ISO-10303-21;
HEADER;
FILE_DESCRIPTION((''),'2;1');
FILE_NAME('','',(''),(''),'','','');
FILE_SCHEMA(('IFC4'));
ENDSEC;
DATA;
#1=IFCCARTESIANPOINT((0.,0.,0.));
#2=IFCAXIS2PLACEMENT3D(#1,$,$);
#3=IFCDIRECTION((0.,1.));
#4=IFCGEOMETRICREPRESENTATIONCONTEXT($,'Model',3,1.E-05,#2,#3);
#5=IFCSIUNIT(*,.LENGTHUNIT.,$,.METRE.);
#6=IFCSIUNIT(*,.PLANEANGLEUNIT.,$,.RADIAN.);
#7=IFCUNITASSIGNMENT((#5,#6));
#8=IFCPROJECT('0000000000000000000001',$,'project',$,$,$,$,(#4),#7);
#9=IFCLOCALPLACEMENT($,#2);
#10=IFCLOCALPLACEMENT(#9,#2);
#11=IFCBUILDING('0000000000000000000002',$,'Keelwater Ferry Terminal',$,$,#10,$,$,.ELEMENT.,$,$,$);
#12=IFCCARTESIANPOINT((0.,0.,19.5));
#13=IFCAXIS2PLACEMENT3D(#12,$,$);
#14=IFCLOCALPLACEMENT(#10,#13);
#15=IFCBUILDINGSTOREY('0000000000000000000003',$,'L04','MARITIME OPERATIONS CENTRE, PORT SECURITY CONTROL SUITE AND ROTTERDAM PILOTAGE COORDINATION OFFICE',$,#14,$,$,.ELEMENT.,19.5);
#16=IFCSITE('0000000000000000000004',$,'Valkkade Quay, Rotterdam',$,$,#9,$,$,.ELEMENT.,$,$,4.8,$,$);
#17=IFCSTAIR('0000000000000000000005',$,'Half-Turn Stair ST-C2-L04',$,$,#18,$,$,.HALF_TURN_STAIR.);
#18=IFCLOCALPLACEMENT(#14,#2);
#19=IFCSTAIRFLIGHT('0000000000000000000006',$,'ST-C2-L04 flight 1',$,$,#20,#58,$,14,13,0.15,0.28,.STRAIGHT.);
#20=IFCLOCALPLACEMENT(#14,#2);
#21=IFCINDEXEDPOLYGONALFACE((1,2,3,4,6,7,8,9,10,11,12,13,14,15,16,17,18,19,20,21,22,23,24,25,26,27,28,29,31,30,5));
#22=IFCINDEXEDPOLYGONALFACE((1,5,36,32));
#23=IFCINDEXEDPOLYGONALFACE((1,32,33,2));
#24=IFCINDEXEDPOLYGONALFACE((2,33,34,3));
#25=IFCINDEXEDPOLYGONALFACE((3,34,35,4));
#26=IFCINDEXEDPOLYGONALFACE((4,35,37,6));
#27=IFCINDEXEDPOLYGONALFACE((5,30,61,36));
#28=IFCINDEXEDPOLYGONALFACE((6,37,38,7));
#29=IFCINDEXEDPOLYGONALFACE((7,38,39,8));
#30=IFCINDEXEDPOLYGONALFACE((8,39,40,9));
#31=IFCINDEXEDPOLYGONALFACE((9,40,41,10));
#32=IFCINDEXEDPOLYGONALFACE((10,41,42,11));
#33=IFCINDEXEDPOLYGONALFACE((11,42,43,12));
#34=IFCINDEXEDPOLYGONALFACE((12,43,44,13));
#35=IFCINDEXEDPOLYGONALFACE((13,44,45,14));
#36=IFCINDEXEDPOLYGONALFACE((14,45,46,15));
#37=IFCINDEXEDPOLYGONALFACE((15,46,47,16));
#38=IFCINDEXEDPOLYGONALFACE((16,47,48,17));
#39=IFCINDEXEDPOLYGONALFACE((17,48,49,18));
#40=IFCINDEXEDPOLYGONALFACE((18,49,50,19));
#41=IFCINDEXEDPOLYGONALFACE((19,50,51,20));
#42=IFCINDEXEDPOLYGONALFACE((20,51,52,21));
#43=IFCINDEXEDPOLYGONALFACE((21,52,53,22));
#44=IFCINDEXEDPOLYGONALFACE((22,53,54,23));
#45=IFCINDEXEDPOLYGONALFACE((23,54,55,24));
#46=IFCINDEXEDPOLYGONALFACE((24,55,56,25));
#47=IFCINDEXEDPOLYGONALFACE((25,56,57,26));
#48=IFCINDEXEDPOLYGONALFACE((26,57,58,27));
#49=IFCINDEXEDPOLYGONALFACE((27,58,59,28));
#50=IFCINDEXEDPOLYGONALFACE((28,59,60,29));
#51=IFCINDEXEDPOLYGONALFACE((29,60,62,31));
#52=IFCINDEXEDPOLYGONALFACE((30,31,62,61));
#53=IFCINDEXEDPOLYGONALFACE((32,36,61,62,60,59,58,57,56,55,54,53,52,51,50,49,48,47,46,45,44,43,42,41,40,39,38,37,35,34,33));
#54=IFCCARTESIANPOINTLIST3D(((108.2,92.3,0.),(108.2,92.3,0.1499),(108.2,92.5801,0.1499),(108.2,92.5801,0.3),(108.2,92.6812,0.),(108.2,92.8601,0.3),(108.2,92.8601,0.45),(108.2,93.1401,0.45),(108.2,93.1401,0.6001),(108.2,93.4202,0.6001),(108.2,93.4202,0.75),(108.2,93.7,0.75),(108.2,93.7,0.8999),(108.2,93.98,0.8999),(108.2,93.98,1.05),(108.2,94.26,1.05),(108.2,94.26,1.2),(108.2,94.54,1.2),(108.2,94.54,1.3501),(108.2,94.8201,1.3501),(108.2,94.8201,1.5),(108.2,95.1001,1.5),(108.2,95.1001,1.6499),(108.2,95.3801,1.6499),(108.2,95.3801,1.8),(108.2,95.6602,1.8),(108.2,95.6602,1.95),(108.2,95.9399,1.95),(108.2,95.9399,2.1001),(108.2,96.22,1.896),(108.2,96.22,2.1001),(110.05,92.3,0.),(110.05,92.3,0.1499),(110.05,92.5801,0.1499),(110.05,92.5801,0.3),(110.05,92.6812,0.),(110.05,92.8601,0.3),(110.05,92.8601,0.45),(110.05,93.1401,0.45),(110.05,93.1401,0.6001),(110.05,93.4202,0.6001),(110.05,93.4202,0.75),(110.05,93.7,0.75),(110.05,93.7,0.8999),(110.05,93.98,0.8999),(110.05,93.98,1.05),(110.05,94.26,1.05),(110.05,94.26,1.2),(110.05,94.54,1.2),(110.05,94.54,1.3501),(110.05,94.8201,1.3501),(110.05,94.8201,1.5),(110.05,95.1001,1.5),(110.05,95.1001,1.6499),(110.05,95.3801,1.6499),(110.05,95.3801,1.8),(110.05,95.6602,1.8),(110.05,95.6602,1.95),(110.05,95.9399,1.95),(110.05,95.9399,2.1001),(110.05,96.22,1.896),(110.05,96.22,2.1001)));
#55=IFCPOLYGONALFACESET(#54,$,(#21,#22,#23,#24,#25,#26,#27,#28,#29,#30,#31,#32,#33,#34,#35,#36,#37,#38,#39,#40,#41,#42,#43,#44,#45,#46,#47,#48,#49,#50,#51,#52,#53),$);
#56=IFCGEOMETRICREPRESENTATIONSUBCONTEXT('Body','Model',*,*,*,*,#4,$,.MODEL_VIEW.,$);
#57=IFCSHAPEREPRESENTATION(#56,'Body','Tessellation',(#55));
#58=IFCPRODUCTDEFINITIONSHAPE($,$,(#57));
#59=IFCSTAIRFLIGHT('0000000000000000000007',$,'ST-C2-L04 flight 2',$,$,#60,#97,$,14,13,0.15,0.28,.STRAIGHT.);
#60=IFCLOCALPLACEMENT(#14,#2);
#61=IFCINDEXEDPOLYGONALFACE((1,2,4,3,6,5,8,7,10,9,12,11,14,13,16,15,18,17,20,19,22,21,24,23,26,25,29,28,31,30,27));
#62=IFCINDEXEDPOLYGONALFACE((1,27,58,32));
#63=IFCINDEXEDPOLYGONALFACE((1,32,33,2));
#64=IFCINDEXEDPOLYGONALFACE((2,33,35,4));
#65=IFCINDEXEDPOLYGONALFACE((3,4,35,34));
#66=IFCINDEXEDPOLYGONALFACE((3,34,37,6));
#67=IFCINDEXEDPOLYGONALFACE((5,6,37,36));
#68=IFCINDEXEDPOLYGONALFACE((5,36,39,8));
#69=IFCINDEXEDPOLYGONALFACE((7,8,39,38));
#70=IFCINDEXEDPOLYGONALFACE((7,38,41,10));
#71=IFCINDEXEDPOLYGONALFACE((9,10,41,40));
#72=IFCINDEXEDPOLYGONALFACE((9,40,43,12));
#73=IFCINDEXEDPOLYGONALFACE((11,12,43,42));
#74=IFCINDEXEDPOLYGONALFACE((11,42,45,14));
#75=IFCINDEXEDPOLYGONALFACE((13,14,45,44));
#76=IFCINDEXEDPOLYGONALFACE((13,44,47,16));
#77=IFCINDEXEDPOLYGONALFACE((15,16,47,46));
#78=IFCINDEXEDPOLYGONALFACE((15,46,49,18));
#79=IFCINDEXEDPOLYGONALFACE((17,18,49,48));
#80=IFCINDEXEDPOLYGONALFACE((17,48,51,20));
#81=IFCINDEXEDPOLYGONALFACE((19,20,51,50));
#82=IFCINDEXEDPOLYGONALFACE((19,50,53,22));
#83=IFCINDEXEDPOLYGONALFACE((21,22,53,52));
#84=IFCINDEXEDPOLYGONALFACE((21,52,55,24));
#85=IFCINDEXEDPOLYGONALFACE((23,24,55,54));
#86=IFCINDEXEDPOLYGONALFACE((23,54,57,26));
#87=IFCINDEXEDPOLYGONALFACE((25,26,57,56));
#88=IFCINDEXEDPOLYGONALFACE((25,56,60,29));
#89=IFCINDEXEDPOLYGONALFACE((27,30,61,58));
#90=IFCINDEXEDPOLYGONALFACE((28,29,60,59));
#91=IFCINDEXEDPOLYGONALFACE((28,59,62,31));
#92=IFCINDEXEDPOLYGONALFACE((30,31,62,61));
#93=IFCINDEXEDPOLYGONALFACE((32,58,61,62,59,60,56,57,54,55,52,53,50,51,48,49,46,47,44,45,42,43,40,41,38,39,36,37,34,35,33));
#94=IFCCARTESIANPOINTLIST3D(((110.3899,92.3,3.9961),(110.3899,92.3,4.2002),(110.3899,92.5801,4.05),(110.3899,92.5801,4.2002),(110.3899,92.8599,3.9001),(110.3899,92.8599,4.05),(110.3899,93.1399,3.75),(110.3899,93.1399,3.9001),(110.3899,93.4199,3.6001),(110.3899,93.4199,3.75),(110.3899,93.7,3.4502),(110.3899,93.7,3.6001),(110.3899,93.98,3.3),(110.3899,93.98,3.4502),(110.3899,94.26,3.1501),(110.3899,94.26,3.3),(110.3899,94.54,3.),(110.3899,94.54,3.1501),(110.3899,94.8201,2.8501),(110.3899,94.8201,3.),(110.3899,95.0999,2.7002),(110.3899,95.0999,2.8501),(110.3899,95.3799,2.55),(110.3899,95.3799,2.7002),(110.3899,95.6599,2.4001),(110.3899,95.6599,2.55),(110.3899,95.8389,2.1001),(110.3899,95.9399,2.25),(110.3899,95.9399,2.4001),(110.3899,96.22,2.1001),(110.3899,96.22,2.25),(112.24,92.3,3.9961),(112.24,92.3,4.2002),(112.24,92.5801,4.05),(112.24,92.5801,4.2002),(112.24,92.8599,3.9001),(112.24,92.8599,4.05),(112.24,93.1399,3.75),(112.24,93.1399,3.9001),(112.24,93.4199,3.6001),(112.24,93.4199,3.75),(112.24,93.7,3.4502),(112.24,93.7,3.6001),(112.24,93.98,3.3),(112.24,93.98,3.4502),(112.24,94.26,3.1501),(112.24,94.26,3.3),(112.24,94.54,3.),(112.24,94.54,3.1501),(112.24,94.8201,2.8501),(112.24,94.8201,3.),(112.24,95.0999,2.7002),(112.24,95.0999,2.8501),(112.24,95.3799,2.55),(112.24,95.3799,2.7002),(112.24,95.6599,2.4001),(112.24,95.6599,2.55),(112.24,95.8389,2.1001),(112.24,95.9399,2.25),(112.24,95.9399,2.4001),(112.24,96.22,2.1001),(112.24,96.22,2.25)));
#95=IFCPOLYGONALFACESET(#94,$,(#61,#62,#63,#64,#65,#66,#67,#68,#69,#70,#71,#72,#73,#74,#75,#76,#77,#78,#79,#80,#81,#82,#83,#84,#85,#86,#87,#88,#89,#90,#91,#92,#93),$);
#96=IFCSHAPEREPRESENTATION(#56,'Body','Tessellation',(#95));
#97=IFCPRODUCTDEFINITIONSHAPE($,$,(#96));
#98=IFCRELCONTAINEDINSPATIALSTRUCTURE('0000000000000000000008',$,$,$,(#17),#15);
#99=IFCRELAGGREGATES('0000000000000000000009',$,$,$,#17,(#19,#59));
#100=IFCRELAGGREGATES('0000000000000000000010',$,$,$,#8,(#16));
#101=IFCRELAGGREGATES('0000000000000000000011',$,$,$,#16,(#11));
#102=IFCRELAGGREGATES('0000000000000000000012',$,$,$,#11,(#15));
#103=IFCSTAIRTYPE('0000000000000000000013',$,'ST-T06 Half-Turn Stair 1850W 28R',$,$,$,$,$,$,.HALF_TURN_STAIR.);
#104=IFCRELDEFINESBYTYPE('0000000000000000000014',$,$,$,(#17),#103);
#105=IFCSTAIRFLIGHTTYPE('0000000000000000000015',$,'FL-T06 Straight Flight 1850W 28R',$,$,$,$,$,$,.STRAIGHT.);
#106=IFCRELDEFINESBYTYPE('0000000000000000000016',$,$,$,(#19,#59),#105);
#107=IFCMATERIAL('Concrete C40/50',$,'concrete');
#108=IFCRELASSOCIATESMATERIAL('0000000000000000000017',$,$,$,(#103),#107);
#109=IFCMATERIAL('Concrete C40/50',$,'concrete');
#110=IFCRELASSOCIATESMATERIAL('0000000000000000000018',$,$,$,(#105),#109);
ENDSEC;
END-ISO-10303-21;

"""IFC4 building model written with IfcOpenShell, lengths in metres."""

from ifc_helpers import new_model, si_unit, direction, frame, origin, place, context, subcontext, project, spatial, polyline, outline, extrude, material, type_object, element, aggregate, save


model = new_model("IFC4")

# Units and contexts
model_context = context("Model", 3, precision=1e-05, world=origin(), true_north=direction((0.0, 1.0)))
body_context = subcontext(model_context, "Body", "Model", "MODEL_VIEW")
ifc_project = project(units=[si_unit("LENGTHUNIT", "METRE"), si_unit("PLANEANGLEUNIT", "RADIAN")], contexts=[model_context])

# Site, building, storey
site_placement = place(None, origin())
site = spatial("IfcSite", under=ifc_project, at=site_placement, Name="Valkkade Quay, Rotterdam", CompositionType="ELEMENT", RefElevation=4.8)
building_placement = place(site_placement, origin())
building = spatial("IfcBuilding", under=site, at=building_placement, Name="Keelwater Ferry Terminal", CompositionType="ELEMENT")
storey_placement = place(building_placement, frame((0.0, 0.0, 19.5)))
storey = spatial("IfcBuildingStorey", under=building, at=storey_placement, Name="L04", Description="MARITIME OPERATIONS CENTRE, PORT SECURITY CONTROL SUITE AND ROTTERDAM PILOTAGE COORDINATION OFFICE", CompositionType="ELEMENT", Elevation=19.5)

# Stair, stair flights
ifc_material_1 = material(Name="Concrete C40/50", Category="concrete")
stair_type = type_object("IfcStairType", Name="ST-T06 Half-Turn Stair 1850W 28R", PredefinedType="HALF_TURN_STAIR", material=ifc_material_1)
stair_placement = place(storey_placement, origin())
stair = element("IfcStair", 1, at=stair_placement, inside=storey, type_object=stair_type, Name="Half-Turn Stair ST-C2-L04", PredefinedType="HALF_TURN_STAIR")
ifc_material_2 = material(Name="Concrete C40/50", Category="concrete")
stair_flight_type = type_object("IfcStairFlightType", Name="FL-T06 Straight Flight 1850W 28R", PredefinedType="STRAIGHT", material=ifc_material_2)
stair_flight_1_placement = place(storey_placement, frame((109.125, 92.3, 0.0), z_axis=(0.0, 0.0, 1.0), x_axis=(0.0, 1.0, 0.0)))
stair_flight_1 = element("IfcStairFlight", 2, at=stair_flight_1_placement, type_object=stair_flight_type, Name="ST-C2-L04 flight 1", NumberOfRisers=14, NumberOfTreads=13, PredefinedType="STRAIGHT", RiserHeight=0.15, TreadLength=0.28, context=body_context, shape_type="SweptSolid", body=[
    extrude(outline(polyline([(0.0, 0.0), (0.0, 0.1499), (0.28, 0.1499), (0.28, 0.3), (0.5601, 0.3), (0.5601, 0.45), (0.8401, 0.45), (0.8401, 0.6001), (1.1201, 0.6001), (1.1201, 0.75), (1.3999, 0.75), (1.3999, 0.8999), (1.6799, 0.8999), (1.6799, 1.05), (1.96, 1.05), (1.96, 1.2), (2.24, 1.2), (2.24, 1.3501), (2.52, 1.3501), (2.52, 1.5), (2.8, 1.5), (2.8, 1.6499), (3.0801, 1.6499), (3.0801, 1.8), (3.3601, 1.8), (3.3601, 1.95), (3.6399, 1.95), (3.6399, 2.1001), (3.9199, 2.1001), (3.9199, 1.896), (0.3811, 0.0), (0.0, 0.0)])), frame((0.0, 0.925, 0.0), z_axis=(0.0, -1.0, 0.0), x_axis=(1.0, 0.0, 0.0)), (0.0, 0.0, 1.0), 1.8501),
])
stair_flight_2_placement = place(storey_placement, frame((111.3149, 96.22, 2.1001), z_axis=(0.0, 0.0, 1.0), x_axis=(0.0, -1.0, 0.0)))
stair_flight_2 = element("IfcStairFlight", 3, at=stair_flight_2_placement, type_object=stair_flight_type, Name="ST-C2-L04 flight 2", NumberOfRisers=14, NumberOfTreads=13, PredefinedType="STRAIGHT", RiserHeight=0.15, TreadLength=0.28, context=body_context, shape_type="SweptSolid", body=[
    extrude(outline(polyline([(0.0, 0.0), (0.0, 0.1499), (0.28, 0.1499), (0.28, 0.3), (0.5601, 0.3), (0.5601, 0.45), (0.8401, 0.45), (0.8401, 0.6001), (1.1201, 0.6001), (1.1201, 0.75), (1.3999, 0.75), (1.3999, 0.8999), (1.6799, 0.8999), (1.6799, 1.05), (1.96, 1.05), (1.96, 1.2), (2.24, 1.2), (2.24, 1.3501), (2.52, 1.3501), (2.52, 1.5), (2.8, 1.5), (2.8, 1.6499), (3.0801, 1.6499), (3.0801, 1.8), (3.3601, 1.8), (3.3601, 1.95), (3.6399, 1.95), (3.6399, 2.1001), (3.9199, 2.1001), (3.9199, 1.896), (0.3811, 0.0), (0.0, 0.0)])), frame((0.0, 0.925, 0.0), z_axis=(0.0, -1.0, 0.0), x_axis=(1.0, 0.0, 0.0)), (0.0, 0.0, 1.0), 1.8501),
])
aggregate(stair, [stair_flight_1, stair_flight_2])

save(model, "model.ifc")
